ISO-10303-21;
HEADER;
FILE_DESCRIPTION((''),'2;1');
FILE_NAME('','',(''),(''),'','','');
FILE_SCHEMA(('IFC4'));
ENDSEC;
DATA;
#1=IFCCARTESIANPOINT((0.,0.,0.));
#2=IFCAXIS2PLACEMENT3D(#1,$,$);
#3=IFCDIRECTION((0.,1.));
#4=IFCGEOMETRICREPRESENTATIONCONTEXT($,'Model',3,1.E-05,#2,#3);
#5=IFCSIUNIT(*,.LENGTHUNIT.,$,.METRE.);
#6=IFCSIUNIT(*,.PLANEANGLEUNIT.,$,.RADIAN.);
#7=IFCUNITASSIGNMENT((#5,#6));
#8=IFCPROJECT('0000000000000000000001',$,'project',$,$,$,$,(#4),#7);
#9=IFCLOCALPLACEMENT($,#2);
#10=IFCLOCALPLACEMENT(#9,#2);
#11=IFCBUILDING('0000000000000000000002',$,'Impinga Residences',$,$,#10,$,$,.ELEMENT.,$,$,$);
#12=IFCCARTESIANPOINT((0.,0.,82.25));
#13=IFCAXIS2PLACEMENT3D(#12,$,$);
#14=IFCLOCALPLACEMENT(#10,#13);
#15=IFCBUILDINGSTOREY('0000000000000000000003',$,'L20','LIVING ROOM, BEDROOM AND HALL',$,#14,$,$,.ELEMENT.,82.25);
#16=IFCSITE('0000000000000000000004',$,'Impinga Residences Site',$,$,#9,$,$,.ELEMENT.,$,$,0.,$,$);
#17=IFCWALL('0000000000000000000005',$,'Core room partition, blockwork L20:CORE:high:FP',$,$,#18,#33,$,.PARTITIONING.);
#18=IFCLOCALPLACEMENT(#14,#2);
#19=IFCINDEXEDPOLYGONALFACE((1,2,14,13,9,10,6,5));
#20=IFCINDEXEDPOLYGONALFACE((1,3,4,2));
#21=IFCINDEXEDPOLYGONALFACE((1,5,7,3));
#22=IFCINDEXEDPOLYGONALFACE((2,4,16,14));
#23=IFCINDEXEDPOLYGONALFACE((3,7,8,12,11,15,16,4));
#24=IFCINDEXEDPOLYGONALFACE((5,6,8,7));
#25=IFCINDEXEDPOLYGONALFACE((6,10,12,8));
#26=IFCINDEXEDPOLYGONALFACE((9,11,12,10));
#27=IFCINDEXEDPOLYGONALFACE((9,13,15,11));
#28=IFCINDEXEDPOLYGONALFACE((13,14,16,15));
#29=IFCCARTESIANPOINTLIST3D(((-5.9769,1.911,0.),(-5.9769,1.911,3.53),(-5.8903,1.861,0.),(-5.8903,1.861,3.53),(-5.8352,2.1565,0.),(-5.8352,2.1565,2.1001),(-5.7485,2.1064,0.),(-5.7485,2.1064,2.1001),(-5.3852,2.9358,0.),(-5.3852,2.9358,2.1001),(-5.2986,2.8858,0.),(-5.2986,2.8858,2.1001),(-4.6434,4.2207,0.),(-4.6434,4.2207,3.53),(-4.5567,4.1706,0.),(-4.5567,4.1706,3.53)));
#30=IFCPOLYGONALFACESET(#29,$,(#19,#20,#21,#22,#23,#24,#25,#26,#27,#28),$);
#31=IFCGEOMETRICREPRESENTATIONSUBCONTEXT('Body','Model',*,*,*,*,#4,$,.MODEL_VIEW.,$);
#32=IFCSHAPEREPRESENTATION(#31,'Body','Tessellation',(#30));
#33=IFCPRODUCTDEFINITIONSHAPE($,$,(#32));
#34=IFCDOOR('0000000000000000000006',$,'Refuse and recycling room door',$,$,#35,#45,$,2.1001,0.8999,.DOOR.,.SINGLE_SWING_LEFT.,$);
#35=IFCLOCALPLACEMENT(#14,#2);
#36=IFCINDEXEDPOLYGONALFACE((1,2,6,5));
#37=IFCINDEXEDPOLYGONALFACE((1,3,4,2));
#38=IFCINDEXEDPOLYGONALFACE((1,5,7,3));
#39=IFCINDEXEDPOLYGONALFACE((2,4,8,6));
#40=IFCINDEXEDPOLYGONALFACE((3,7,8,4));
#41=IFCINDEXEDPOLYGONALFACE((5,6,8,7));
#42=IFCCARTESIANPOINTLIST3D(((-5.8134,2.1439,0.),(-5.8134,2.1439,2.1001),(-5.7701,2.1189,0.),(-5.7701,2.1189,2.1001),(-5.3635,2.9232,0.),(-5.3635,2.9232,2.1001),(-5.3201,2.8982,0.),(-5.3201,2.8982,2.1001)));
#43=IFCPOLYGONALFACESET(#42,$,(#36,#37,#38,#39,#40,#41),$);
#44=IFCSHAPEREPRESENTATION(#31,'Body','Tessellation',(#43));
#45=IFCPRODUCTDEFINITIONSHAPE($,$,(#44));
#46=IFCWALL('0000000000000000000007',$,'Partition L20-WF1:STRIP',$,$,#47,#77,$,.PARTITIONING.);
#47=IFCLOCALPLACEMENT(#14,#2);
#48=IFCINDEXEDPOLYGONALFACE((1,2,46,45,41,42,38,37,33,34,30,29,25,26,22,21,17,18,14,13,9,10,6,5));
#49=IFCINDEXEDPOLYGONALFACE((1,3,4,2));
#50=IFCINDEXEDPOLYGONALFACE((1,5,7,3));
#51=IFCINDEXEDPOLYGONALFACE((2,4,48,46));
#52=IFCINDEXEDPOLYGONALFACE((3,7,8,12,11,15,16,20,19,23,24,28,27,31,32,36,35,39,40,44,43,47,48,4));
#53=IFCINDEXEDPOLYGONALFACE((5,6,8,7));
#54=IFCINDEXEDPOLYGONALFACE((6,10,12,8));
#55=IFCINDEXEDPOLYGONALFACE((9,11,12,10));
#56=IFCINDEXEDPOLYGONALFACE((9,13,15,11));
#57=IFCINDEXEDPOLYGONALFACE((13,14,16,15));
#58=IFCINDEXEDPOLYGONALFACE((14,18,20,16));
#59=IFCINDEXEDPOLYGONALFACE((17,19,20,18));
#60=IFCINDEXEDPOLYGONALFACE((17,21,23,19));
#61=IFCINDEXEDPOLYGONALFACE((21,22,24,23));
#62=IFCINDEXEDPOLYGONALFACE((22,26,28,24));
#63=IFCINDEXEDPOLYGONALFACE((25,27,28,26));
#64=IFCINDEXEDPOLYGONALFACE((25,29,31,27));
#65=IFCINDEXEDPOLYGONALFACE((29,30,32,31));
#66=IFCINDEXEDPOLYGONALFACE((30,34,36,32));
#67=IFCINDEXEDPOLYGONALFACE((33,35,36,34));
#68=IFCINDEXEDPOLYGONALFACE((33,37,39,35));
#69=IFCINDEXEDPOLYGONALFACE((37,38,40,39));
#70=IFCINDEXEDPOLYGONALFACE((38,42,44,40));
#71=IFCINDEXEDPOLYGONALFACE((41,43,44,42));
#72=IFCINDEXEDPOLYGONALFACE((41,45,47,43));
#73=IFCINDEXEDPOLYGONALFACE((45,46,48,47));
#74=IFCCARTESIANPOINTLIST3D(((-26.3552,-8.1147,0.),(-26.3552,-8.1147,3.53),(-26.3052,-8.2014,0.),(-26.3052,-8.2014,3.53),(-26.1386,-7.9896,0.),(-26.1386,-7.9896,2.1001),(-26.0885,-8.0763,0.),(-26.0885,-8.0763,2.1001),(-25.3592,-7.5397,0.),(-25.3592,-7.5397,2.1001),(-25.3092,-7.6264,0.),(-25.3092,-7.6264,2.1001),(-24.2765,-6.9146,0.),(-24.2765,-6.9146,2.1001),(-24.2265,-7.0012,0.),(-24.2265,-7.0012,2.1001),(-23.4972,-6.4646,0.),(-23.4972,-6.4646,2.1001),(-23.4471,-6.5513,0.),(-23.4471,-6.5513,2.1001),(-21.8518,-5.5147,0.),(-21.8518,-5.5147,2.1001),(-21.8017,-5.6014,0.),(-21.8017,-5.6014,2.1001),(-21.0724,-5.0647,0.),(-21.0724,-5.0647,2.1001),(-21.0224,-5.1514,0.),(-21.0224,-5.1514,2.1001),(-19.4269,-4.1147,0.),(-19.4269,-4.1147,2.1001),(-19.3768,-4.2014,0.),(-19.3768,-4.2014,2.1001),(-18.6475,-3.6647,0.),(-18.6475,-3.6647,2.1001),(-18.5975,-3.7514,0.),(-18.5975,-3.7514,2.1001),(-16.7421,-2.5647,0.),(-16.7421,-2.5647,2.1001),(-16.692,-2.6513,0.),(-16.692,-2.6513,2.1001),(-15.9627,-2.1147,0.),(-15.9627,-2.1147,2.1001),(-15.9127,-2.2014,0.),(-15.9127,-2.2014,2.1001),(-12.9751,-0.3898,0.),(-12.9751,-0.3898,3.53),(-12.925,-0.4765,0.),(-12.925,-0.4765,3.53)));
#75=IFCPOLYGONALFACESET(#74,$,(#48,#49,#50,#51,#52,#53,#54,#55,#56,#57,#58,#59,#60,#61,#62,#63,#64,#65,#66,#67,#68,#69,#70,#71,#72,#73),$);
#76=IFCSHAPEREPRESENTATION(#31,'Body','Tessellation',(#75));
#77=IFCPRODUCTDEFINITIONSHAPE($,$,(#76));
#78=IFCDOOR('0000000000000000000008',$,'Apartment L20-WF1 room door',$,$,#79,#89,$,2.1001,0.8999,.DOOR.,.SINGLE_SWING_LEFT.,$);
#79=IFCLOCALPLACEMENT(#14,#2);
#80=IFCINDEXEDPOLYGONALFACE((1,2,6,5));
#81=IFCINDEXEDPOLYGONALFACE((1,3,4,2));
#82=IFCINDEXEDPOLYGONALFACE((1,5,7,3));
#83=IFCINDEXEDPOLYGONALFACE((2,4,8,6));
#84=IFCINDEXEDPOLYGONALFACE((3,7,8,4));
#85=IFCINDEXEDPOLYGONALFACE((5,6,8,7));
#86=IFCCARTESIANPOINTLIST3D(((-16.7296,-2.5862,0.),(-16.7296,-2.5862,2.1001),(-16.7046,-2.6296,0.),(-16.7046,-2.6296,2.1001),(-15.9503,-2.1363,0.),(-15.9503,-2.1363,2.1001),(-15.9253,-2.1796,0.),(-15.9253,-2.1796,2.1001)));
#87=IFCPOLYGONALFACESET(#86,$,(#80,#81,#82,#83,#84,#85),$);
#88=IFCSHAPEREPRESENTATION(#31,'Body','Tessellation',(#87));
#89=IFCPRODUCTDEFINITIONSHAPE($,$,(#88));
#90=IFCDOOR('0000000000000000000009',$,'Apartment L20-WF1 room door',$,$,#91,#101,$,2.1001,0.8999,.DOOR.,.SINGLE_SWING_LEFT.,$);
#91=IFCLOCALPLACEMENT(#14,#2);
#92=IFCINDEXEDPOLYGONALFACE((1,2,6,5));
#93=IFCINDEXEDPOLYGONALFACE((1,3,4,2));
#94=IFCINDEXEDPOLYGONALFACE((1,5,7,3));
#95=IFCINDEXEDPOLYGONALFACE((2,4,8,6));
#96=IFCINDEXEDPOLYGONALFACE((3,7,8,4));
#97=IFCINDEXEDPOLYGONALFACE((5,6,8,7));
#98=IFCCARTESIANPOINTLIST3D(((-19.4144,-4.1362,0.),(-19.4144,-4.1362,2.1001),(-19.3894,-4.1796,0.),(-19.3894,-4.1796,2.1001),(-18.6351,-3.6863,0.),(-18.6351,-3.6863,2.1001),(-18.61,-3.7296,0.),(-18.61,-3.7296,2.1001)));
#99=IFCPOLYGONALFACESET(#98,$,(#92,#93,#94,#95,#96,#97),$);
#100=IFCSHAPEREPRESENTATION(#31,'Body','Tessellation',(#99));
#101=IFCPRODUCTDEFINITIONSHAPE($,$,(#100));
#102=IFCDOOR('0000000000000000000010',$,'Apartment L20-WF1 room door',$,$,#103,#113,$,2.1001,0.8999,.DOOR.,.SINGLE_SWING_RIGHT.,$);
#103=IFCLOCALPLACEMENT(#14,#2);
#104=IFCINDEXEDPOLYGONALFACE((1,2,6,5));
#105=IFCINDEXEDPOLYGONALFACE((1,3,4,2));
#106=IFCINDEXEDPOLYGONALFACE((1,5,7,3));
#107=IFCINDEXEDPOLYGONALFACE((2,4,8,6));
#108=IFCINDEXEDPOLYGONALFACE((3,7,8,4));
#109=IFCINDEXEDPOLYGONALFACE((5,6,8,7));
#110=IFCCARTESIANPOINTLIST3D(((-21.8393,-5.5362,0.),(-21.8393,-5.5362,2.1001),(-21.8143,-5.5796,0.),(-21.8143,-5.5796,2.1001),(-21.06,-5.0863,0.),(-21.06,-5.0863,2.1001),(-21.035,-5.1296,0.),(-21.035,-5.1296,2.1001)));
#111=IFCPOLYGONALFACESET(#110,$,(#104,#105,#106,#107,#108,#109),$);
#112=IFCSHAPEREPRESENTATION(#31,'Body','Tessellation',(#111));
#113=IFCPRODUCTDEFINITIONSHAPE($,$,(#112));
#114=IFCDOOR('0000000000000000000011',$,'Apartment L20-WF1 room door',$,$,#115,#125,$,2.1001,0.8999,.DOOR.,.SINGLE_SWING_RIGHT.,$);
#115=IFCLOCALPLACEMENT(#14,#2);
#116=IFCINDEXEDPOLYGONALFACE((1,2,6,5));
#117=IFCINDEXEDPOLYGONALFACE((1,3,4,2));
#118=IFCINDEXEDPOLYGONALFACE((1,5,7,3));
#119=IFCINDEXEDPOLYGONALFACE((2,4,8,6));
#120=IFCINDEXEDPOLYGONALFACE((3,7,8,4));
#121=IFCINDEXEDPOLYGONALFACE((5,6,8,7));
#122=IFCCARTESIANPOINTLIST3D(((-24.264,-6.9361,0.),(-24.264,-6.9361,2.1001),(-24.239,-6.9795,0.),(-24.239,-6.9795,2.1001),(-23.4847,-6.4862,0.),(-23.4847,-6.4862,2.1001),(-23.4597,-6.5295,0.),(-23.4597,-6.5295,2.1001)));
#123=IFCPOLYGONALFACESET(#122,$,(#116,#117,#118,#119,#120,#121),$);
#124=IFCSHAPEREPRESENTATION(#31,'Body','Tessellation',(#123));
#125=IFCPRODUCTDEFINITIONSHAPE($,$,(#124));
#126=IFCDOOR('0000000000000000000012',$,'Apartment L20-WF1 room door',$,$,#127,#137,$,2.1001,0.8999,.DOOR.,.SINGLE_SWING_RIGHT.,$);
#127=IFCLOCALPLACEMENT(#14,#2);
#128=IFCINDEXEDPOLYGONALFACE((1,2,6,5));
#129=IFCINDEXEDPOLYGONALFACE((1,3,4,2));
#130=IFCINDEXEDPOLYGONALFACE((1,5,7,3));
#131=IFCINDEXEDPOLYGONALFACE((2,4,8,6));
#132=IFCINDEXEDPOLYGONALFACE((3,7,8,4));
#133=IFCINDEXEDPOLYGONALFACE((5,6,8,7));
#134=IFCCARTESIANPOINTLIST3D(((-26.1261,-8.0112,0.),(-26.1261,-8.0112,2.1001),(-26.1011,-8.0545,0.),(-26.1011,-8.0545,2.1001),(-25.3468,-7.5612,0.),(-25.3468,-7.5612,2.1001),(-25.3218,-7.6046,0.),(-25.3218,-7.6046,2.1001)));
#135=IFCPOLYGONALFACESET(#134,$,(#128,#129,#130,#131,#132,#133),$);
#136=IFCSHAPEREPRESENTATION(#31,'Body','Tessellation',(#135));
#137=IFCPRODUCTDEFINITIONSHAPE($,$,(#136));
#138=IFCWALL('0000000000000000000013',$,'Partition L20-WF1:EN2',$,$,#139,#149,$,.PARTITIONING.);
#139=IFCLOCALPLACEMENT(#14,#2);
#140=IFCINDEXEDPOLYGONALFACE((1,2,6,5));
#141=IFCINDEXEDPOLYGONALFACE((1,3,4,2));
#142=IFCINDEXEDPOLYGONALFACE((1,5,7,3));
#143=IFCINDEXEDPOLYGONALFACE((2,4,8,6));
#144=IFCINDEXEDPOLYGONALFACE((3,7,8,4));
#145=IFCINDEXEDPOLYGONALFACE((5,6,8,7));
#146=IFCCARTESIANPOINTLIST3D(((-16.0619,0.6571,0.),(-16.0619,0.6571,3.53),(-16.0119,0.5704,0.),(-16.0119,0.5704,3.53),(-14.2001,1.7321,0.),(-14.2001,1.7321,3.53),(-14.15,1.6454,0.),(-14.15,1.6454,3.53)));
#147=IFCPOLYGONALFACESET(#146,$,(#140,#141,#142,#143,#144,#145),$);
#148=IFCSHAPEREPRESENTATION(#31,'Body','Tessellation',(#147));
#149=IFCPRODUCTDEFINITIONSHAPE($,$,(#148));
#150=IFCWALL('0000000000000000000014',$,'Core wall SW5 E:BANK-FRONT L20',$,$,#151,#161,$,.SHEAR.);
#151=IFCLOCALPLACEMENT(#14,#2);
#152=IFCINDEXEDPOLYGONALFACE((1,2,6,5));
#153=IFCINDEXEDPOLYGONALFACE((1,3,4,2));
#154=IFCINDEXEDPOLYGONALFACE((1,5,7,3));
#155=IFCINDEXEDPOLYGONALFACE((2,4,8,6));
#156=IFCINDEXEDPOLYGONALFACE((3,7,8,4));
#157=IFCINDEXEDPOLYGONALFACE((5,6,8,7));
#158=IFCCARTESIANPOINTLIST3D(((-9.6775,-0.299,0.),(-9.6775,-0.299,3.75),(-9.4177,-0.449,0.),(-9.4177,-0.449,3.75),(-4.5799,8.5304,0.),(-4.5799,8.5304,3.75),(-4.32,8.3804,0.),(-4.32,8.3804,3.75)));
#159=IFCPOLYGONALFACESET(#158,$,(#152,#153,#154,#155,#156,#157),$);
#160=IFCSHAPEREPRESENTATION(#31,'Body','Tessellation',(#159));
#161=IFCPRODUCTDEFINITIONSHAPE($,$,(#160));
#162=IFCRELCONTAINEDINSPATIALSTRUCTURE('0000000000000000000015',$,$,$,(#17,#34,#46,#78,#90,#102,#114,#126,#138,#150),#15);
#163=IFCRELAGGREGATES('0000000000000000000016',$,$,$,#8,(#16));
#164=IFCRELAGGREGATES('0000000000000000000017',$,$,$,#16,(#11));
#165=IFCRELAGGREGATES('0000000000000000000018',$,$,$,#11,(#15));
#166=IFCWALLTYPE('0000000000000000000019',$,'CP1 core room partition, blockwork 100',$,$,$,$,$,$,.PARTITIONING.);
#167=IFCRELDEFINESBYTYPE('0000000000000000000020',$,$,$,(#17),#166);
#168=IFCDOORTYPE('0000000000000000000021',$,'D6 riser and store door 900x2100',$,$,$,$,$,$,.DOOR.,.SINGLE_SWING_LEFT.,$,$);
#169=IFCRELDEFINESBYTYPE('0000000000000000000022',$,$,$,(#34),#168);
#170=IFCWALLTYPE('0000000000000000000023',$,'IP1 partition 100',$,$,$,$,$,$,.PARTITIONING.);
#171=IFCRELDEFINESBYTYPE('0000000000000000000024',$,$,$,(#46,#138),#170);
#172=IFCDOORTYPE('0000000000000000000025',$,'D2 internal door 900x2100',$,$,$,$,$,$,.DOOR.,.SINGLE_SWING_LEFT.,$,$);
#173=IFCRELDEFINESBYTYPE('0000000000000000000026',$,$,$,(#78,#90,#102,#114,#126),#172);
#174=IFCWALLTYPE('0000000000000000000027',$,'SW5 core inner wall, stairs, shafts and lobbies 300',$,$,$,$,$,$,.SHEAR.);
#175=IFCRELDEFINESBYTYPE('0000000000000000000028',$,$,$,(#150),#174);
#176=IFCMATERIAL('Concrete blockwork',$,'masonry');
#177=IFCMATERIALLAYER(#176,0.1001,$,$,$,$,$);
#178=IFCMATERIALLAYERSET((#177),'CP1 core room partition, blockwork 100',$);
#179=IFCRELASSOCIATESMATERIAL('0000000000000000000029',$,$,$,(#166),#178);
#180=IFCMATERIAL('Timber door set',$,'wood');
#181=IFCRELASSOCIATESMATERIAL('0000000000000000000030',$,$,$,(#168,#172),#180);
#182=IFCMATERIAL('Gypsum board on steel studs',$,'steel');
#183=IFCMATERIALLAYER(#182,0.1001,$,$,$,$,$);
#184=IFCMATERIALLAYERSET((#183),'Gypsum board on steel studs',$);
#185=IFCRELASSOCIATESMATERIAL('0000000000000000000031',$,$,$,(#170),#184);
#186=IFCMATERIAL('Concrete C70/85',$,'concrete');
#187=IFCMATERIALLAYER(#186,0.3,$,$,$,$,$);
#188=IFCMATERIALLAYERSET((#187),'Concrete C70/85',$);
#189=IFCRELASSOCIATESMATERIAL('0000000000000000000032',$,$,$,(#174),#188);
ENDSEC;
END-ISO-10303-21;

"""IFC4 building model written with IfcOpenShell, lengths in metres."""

from ifc_helpers import new_model, si_unit, direction, frame, frame_2d, origin, place, context, subcontext, project, spatial, rectangle, extrude, material, layer, layer_set, type_object, element, fill, save


model = new_model("IFC4")

# Units and contexts
model_context = context("Model", 3, precision=1e-05, world=origin(), true_north=direction((0.0, 1.0)))
body_context = subcontext(model_context, "Body", "Model", "MODEL_VIEW")
ifc_project = project(units=[si_unit("LENGTHUNIT", "METRE"), si_unit("PLANEANGLEUNIT", "RADIAN")], contexts=[model_context])

# Site, building, storey
site_placement = place(None, origin())
site = spatial("IfcSite", under=ifc_project, at=site_placement, Name="Impinga Residences Site", CompositionType="ELEMENT", RefElevation=0.0)
building_placement = place(site_placement, origin())
building = spatial("IfcBuilding", under=site, at=building_placement, Name="Impinga Residences", CompositionType="ELEMENT")
storey_placement = place(building_placement, frame((0.0, 0.0, 82.25)))
storey = spatial("IfcBuildingStorey", under=building, at=storey_placement, Name="L20", Description="LIVING ROOM, BEDROOM AND HALL", CompositionType="ELEMENT", Elevation=82.25)

# Wall, opening, door
ifc_material_1 = material(Name="Concrete blockwork", Category="masonry")
ifc_layer_1 = layer(ifc_material_1, 0.1001)
ifc_layer_set_1 = layer_set([ifc_layer_1], Name="CP1 core room partition, blockwork 100")
wall_type_1 = type_object("IfcWallType", Name="CP1 core room partition, blockwork 100", PredefinedType="PARTITIONING", material=ifc_layer_set_1)
wall_1_placement = place(storey_placement, frame((-5.9336, 1.886, 0.0), z_axis=(0.0, 0.0, 1.0), x_axis=(0.500018, 0.866015, 0.0)))
wall_1 = element("IfcWall", 1, at=wall_1_placement, inside=storey, type_object=wall_type_1, Name="Core room partition, blockwork L20:CORE:high:FP", PredefinedType="PARTITIONING", context=body_context, shape_type="SweptSolid", body=[
    extrude(rectangle(XDim=2.667, YDim=0.1001, at=frame_2d((1.3335, 0.0))), origin(), (0.0, 0.0, 1.0), 3.53),
])
opening_1_placement = place(wall_1_placement, frame((0.2834, 0.0, 0.0)))
opening_1 = element("IfcOpeningElement", 2, at=opening_1_placement, cuts=wall_1, PredefinedType="OPENING", context=body_context, shape_type="SweptSolid", body=[
    extrude(rectangle(XDim=0.8999, YDim=2.1001, at=frame_2d((0.45, 1.05))), frame((0.0, 0.0601, 0.0), z_axis=(0.0, -1.0, 0.0), x_axis=(1.0, 0.0, 0.0)), (0.0, 0.0, 1.0), 0.1201),
])
ifc_material_2 = material(Name="Timber door set", Category="wood")
door_type_1 = type_object("IfcDoorType", Name="D6 riser and store door 900x2100", OperationType="SINGLE_SWING_LEFT", PredefinedType="DOOR", material=ifc_material_2)
door_1_placement = place(opening_1_placement, origin())
door_1 = element("IfcDoor", 3, at=door_1_placement, inside=storey, type_object=door_type_1, Name="Refuse and recycling room door", OperationType="SINGLE_SWING_LEFT", OverallHeight=2.1001, OverallWidth=0.8999, PredefinedType="DOOR", context=body_context, shape_type="SweptSolid", body=[
    extrude(rectangle(XDim=0.8999, YDim=2.1001, at=frame_2d((0.45, 1.05))), frame((0.0, 0.0249, 0.0), z_axis=(0.0, -1.0, 0.0), x_axis=(1.0, 0.0, 0.0)), (0.0, 0.0, 1.0), 0.05),
])
fill(opening_1, door_1)

# Wall, openings, doors
ifc_material_3 = material(Name="Gypsum board on steel studs", Category="steel")
ifc_layer_2 = layer(ifc_material_3, 0.1001)
ifc_layer_set_2 = layer_set([ifc_layer_2], Name="Gypsum board on steel studs")
wall_type_2 = type_object("IfcWallType", Name="IP1 partition 100", PredefinedType="PARTITIONING", material=ifc_layer_set_2)
wall_2_placement = place(storey_placement, frame((-12.95, -0.4331, 0.0), z_axis=(0.0, 0.0, 1.0), x_axis=(-0.86603, -0.499992, 0.0)))
wall_2 = element("IfcWall", 4, at=wall_2_placement, inside=storey, type_object=wall_type_2, Name="Partition L20-WF1:STRIP", PredefinedType="PARTITIONING", context=body_context, shape_type="SweptSolid", body=[
    extrude(rectangle(XDim=15.45, YDim=0.1001, at=frame_2d((7.7251, 0.0))), origin(), (0.0, 0.0, 1.0), 3.53),
])
opening_2_placement = place(wall_2_placement, frame((3.45, 0.0, 0.0)))
opening_2 = element("IfcOpeningElement", 5, at=opening_2_placement, cuts=wall_2, PredefinedType="OPENING", context=body_context, shape_type="SweptSolid", body=[
    extrude(rectangle(XDim=0.8999, YDim=2.1001, at=frame_2d((0.45, 1.05))), frame((0.0, 0.0601, 0.0), z_axis=(0.0, -1.0, 0.0), x_axis=(1.0, 0.0, 0.0)), (0.0, 0.0, 1.0), 0.1201),
])
opening_3_placement = place(wall_2_placement, frame((6.55, 0.0, 0.0)))
opening_3 = element("IfcOpeningElement", 6, at=opening_3_placement, cuts=wall_2, PredefinedType="OPENING", context=body_context, shape_type="SweptSolid", body=[
    extrude(rectangle(XDim=0.8999, YDim=2.1001, at=frame_2d((0.45, 1.05))), frame((0.0, 0.0601, 0.0), z_axis=(0.0, -1.0, 0.0), x_axis=(1.0, 0.0, 0.0)), (0.0, 0.0, 1.0), 0.1201),
])
opening_4_placement = place(wall_2_placement, frame((9.3501, 0.0, 0.0)))
opening_4 = element("IfcOpeningElement", 7, at=opening_4_placement, cuts=wall_2, PredefinedType="OPENING", context=body_context, shape_type="SweptSolid", body=[
    extrude(rectangle(XDim=0.8999, YDim=2.1001, at=frame_2d((0.45, 1.05))), frame((0.0, 0.0601, 0.0), z_axis=(0.0, -1.0, 0.0), x_axis=(1.0, 0.0, 0.0)), (0.0, 0.0, 1.0), 0.1201),
])
opening_5_placement = place(wall_2_placement, frame((12.1499, 0.0, 0.0)))
opening_5 = element("IfcOpeningElement", 8, at=opening_5_placement, cuts=wall_2, PredefinedType="OPENING", context=body_context, shape_type="SweptSolid", body=[
    extrude(rectangle(XDim=0.8999, YDim=2.1001, at=frame_2d((0.45, 1.05))), frame((0.0, 0.0601, 0.0), z_axis=(0.0, -1.0, 0.0), x_axis=(1.0, 0.0, 0.0)), (0.0, 0.0, 1.0), 0.1201),
])
opening_6_placement = place(wall_2_placement, frame((14.3, 0.0, 0.0)))
opening_6 = element("IfcOpeningElement", 9, at=opening_6_placement, cuts=wall_2, PredefinedType="OPENING", context=body_context, shape_type="SweptSolid", body=[
    extrude(rectangle(XDim=0.8999, YDim=2.1001, at=frame_2d((0.45, 1.05))), frame((0.0, 0.0601, 0.0), z_axis=(0.0, -1.0, 0.0), x_axis=(1.0, 0.0, 0.0)), (0.0, 0.0, 1.0), 0.1201),
])
door_type_2 = type_object("IfcDoorType", Name="D2 internal door 900x2100", OperationType="SINGLE_SWING_LEFT", PredefinedType="DOOR", material=ifc_material_2)
door_2_placement = place(opening_2_placement, origin())
door_2 = element("IfcDoor", 10, at=door_2_placement, inside=storey, type_object=door_type_2, Name="Apartment L20-WF1 room door", OperationType="SINGLE_SWING_LEFT", OverallHeight=2.1001, OverallWidth=0.8999, PredefinedType="DOOR", context=body_context, shape_type="SweptSolid", body=[
    extrude(rectangle(XDim=0.8999, YDim=2.1001, at=frame_2d((0.45, 1.05))), frame((0.0, 0.0249, 0.0), z_axis=(0.0, -1.0, 0.0), x_axis=(1.0, 0.0, 0.0)), (0.0, 0.0, 1.0), 0.05),
])
fill(opening_2, door_2)
door_3_placement = place(opening_3_placement, origin())
door_3 = element("IfcDoor", 11, at=door_3_placement, inside=storey, type_object=door_type_2, Name="Apartment L20-WF1 room door", OperationType="SINGLE_SWING_LEFT", OverallHeight=2.1001, OverallWidth=0.8999, PredefinedType="DOOR", context=body_context, shape_type="SweptSolid", body=[
    extrude(rectangle(XDim=0.8999, YDim=2.1001, at=frame_2d((0.45, 1.05))), frame((0.0, 0.0249, 0.0), z_axis=(0.0, -1.0, 0.0), x_axis=(1.0, 0.0, 0.0)), (0.0, 0.0, 1.0), 0.05),
])
fill(opening_3, door_3)
door_4_placement = place(opening_4_placement, origin())
door_4 = element("IfcDoor", 12, at=door_4_placement, inside=storey, type_object=door_type_2, Name="Apartment L20-WF1 room door", OperationType="SINGLE_SWING_RIGHT", OverallHeight=2.1001, OverallWidth=0.8999, PredefinedType="DOOR", context=body_context, shape_type="SweptSolid", body=[
    extrude(rectangle(XDim=0.8999, YDim=2.1001, at=frame_2d((0.45, 1.05))), frame((0.0, 0.0249, 0.0), z_axis=(0.0, -1.0, 0.0), x_axis=(1.0, 0.0, 0.0)), (0.0, 0.0, 1.0), 0.05),
])
fill(opening_4, door_4)
door_5_placement = place(opening_5_placement, origin())
door_5 = element("IfcDoor", 13, at=door_5_placement, inside=storey, type_object=door_type_2, Name="Apartment L20-WF1 room door", OperationType="SINGLE_SWING_RIGHT", OverallHeight=2.1001, OverallWidth=0.8999, PredefinedType="DOOR", context=body_context, shape_type="SweptSolid", body=[
    extrude(rectangle(XDim=0.8999, YDim=2.1001, at=frame_2d((0.45, 1.05))), frame((0.0, 0.0249, 0.0), z_axis=(0.0, -1.0, 0.0), x_axis=(1.0, 0.0, 0.0)), (0.0, 0.0, 1.0), 0.05),
])
fill(opening_5, door_5)
door_6_placement = place(opening_6_placement, origin())
door_6 = element("IfcDoor", 14, at=door_6_placement, inside=storey, type_object=door_type_2, Name="Apartment L20-WF1 room door", OperationType="SINGLE_SWING_RIGHT", OverallHeight=2.1001, OverallWidth=0.8999, PredefinedType="DOOR", context=body_context, shape_type="SweptSolid", body=[
    extrude(rectangle(XDim=0.8999, YDim=2.1001, at=frame_2d((0.45, 1.05))), frame((0.0, 0.0249, 0.0), z_axis=(0.0, -1.0, 0.0), x_axis=(1.0, 0.0, 0.0)), (0.0, 0.0, 1.0), 0.05),
])
fill(opening_6, door_6)

# Walls
wall_3_placement = place(storey_placement, frame((-14.175, 1.6887, 0.0), z_axis=(0.0, 0.0, 1.0), x_axis=(-0.866019, -0.500011, 0.0)))
element("IfcWall", 15, at=wall_3_placement, inside=storey, type_object=wall_type_2, Name="Partition L20-WF1:EN2", PredefinedType="PARTITIONING", context=body_context, shape_type="SweptSolid", body=[
    extrude(rectangle(XDim=2.1499, YDim=0.1001, at=frame_2d((1.075, 0.0))), origin(), (0.0, 0.0, 1.0), 3.53),
])
ifc_material_4 = material(Name="Concrete C70/85", Category="concrete")
ifc_layer_3 = layer(ifc_material_4, 0.3)
ifc_layer_set_3 = layer_set([ifc_layer_3], Name="Concrete C70/85")
wall_type_3 = type_object("IfcWallType", Name="SW5 core inner wall, stairs, shafts and lobbies 300", PredefinedType="SHEAR", material=ifc_layer_set_3)
wall_4_placement = place(storey_placement, frame((-9.5476, -0.374, 0.0), z_axis=(0.0, 0.0, 1.0), x_axis=(0.500002, 0.866024, 0.0)))
element("IfcWall", 16, at=wall_4_placement, inside=storey, type_object=wall_type_3, Name="Core wall SW5 E:BANK-FRONT L20", PredefinedType="SHEAR", context=body_context, shape_type="SweptSolid", body=[
    extrude(rectangle(XDim=10.1953, YDim=0.3, at=frame_2d((5.0977, 0.0))), origin(), (0.0, 0.0, 1.0), 3.75),
])

save(model, "model.ifc")
